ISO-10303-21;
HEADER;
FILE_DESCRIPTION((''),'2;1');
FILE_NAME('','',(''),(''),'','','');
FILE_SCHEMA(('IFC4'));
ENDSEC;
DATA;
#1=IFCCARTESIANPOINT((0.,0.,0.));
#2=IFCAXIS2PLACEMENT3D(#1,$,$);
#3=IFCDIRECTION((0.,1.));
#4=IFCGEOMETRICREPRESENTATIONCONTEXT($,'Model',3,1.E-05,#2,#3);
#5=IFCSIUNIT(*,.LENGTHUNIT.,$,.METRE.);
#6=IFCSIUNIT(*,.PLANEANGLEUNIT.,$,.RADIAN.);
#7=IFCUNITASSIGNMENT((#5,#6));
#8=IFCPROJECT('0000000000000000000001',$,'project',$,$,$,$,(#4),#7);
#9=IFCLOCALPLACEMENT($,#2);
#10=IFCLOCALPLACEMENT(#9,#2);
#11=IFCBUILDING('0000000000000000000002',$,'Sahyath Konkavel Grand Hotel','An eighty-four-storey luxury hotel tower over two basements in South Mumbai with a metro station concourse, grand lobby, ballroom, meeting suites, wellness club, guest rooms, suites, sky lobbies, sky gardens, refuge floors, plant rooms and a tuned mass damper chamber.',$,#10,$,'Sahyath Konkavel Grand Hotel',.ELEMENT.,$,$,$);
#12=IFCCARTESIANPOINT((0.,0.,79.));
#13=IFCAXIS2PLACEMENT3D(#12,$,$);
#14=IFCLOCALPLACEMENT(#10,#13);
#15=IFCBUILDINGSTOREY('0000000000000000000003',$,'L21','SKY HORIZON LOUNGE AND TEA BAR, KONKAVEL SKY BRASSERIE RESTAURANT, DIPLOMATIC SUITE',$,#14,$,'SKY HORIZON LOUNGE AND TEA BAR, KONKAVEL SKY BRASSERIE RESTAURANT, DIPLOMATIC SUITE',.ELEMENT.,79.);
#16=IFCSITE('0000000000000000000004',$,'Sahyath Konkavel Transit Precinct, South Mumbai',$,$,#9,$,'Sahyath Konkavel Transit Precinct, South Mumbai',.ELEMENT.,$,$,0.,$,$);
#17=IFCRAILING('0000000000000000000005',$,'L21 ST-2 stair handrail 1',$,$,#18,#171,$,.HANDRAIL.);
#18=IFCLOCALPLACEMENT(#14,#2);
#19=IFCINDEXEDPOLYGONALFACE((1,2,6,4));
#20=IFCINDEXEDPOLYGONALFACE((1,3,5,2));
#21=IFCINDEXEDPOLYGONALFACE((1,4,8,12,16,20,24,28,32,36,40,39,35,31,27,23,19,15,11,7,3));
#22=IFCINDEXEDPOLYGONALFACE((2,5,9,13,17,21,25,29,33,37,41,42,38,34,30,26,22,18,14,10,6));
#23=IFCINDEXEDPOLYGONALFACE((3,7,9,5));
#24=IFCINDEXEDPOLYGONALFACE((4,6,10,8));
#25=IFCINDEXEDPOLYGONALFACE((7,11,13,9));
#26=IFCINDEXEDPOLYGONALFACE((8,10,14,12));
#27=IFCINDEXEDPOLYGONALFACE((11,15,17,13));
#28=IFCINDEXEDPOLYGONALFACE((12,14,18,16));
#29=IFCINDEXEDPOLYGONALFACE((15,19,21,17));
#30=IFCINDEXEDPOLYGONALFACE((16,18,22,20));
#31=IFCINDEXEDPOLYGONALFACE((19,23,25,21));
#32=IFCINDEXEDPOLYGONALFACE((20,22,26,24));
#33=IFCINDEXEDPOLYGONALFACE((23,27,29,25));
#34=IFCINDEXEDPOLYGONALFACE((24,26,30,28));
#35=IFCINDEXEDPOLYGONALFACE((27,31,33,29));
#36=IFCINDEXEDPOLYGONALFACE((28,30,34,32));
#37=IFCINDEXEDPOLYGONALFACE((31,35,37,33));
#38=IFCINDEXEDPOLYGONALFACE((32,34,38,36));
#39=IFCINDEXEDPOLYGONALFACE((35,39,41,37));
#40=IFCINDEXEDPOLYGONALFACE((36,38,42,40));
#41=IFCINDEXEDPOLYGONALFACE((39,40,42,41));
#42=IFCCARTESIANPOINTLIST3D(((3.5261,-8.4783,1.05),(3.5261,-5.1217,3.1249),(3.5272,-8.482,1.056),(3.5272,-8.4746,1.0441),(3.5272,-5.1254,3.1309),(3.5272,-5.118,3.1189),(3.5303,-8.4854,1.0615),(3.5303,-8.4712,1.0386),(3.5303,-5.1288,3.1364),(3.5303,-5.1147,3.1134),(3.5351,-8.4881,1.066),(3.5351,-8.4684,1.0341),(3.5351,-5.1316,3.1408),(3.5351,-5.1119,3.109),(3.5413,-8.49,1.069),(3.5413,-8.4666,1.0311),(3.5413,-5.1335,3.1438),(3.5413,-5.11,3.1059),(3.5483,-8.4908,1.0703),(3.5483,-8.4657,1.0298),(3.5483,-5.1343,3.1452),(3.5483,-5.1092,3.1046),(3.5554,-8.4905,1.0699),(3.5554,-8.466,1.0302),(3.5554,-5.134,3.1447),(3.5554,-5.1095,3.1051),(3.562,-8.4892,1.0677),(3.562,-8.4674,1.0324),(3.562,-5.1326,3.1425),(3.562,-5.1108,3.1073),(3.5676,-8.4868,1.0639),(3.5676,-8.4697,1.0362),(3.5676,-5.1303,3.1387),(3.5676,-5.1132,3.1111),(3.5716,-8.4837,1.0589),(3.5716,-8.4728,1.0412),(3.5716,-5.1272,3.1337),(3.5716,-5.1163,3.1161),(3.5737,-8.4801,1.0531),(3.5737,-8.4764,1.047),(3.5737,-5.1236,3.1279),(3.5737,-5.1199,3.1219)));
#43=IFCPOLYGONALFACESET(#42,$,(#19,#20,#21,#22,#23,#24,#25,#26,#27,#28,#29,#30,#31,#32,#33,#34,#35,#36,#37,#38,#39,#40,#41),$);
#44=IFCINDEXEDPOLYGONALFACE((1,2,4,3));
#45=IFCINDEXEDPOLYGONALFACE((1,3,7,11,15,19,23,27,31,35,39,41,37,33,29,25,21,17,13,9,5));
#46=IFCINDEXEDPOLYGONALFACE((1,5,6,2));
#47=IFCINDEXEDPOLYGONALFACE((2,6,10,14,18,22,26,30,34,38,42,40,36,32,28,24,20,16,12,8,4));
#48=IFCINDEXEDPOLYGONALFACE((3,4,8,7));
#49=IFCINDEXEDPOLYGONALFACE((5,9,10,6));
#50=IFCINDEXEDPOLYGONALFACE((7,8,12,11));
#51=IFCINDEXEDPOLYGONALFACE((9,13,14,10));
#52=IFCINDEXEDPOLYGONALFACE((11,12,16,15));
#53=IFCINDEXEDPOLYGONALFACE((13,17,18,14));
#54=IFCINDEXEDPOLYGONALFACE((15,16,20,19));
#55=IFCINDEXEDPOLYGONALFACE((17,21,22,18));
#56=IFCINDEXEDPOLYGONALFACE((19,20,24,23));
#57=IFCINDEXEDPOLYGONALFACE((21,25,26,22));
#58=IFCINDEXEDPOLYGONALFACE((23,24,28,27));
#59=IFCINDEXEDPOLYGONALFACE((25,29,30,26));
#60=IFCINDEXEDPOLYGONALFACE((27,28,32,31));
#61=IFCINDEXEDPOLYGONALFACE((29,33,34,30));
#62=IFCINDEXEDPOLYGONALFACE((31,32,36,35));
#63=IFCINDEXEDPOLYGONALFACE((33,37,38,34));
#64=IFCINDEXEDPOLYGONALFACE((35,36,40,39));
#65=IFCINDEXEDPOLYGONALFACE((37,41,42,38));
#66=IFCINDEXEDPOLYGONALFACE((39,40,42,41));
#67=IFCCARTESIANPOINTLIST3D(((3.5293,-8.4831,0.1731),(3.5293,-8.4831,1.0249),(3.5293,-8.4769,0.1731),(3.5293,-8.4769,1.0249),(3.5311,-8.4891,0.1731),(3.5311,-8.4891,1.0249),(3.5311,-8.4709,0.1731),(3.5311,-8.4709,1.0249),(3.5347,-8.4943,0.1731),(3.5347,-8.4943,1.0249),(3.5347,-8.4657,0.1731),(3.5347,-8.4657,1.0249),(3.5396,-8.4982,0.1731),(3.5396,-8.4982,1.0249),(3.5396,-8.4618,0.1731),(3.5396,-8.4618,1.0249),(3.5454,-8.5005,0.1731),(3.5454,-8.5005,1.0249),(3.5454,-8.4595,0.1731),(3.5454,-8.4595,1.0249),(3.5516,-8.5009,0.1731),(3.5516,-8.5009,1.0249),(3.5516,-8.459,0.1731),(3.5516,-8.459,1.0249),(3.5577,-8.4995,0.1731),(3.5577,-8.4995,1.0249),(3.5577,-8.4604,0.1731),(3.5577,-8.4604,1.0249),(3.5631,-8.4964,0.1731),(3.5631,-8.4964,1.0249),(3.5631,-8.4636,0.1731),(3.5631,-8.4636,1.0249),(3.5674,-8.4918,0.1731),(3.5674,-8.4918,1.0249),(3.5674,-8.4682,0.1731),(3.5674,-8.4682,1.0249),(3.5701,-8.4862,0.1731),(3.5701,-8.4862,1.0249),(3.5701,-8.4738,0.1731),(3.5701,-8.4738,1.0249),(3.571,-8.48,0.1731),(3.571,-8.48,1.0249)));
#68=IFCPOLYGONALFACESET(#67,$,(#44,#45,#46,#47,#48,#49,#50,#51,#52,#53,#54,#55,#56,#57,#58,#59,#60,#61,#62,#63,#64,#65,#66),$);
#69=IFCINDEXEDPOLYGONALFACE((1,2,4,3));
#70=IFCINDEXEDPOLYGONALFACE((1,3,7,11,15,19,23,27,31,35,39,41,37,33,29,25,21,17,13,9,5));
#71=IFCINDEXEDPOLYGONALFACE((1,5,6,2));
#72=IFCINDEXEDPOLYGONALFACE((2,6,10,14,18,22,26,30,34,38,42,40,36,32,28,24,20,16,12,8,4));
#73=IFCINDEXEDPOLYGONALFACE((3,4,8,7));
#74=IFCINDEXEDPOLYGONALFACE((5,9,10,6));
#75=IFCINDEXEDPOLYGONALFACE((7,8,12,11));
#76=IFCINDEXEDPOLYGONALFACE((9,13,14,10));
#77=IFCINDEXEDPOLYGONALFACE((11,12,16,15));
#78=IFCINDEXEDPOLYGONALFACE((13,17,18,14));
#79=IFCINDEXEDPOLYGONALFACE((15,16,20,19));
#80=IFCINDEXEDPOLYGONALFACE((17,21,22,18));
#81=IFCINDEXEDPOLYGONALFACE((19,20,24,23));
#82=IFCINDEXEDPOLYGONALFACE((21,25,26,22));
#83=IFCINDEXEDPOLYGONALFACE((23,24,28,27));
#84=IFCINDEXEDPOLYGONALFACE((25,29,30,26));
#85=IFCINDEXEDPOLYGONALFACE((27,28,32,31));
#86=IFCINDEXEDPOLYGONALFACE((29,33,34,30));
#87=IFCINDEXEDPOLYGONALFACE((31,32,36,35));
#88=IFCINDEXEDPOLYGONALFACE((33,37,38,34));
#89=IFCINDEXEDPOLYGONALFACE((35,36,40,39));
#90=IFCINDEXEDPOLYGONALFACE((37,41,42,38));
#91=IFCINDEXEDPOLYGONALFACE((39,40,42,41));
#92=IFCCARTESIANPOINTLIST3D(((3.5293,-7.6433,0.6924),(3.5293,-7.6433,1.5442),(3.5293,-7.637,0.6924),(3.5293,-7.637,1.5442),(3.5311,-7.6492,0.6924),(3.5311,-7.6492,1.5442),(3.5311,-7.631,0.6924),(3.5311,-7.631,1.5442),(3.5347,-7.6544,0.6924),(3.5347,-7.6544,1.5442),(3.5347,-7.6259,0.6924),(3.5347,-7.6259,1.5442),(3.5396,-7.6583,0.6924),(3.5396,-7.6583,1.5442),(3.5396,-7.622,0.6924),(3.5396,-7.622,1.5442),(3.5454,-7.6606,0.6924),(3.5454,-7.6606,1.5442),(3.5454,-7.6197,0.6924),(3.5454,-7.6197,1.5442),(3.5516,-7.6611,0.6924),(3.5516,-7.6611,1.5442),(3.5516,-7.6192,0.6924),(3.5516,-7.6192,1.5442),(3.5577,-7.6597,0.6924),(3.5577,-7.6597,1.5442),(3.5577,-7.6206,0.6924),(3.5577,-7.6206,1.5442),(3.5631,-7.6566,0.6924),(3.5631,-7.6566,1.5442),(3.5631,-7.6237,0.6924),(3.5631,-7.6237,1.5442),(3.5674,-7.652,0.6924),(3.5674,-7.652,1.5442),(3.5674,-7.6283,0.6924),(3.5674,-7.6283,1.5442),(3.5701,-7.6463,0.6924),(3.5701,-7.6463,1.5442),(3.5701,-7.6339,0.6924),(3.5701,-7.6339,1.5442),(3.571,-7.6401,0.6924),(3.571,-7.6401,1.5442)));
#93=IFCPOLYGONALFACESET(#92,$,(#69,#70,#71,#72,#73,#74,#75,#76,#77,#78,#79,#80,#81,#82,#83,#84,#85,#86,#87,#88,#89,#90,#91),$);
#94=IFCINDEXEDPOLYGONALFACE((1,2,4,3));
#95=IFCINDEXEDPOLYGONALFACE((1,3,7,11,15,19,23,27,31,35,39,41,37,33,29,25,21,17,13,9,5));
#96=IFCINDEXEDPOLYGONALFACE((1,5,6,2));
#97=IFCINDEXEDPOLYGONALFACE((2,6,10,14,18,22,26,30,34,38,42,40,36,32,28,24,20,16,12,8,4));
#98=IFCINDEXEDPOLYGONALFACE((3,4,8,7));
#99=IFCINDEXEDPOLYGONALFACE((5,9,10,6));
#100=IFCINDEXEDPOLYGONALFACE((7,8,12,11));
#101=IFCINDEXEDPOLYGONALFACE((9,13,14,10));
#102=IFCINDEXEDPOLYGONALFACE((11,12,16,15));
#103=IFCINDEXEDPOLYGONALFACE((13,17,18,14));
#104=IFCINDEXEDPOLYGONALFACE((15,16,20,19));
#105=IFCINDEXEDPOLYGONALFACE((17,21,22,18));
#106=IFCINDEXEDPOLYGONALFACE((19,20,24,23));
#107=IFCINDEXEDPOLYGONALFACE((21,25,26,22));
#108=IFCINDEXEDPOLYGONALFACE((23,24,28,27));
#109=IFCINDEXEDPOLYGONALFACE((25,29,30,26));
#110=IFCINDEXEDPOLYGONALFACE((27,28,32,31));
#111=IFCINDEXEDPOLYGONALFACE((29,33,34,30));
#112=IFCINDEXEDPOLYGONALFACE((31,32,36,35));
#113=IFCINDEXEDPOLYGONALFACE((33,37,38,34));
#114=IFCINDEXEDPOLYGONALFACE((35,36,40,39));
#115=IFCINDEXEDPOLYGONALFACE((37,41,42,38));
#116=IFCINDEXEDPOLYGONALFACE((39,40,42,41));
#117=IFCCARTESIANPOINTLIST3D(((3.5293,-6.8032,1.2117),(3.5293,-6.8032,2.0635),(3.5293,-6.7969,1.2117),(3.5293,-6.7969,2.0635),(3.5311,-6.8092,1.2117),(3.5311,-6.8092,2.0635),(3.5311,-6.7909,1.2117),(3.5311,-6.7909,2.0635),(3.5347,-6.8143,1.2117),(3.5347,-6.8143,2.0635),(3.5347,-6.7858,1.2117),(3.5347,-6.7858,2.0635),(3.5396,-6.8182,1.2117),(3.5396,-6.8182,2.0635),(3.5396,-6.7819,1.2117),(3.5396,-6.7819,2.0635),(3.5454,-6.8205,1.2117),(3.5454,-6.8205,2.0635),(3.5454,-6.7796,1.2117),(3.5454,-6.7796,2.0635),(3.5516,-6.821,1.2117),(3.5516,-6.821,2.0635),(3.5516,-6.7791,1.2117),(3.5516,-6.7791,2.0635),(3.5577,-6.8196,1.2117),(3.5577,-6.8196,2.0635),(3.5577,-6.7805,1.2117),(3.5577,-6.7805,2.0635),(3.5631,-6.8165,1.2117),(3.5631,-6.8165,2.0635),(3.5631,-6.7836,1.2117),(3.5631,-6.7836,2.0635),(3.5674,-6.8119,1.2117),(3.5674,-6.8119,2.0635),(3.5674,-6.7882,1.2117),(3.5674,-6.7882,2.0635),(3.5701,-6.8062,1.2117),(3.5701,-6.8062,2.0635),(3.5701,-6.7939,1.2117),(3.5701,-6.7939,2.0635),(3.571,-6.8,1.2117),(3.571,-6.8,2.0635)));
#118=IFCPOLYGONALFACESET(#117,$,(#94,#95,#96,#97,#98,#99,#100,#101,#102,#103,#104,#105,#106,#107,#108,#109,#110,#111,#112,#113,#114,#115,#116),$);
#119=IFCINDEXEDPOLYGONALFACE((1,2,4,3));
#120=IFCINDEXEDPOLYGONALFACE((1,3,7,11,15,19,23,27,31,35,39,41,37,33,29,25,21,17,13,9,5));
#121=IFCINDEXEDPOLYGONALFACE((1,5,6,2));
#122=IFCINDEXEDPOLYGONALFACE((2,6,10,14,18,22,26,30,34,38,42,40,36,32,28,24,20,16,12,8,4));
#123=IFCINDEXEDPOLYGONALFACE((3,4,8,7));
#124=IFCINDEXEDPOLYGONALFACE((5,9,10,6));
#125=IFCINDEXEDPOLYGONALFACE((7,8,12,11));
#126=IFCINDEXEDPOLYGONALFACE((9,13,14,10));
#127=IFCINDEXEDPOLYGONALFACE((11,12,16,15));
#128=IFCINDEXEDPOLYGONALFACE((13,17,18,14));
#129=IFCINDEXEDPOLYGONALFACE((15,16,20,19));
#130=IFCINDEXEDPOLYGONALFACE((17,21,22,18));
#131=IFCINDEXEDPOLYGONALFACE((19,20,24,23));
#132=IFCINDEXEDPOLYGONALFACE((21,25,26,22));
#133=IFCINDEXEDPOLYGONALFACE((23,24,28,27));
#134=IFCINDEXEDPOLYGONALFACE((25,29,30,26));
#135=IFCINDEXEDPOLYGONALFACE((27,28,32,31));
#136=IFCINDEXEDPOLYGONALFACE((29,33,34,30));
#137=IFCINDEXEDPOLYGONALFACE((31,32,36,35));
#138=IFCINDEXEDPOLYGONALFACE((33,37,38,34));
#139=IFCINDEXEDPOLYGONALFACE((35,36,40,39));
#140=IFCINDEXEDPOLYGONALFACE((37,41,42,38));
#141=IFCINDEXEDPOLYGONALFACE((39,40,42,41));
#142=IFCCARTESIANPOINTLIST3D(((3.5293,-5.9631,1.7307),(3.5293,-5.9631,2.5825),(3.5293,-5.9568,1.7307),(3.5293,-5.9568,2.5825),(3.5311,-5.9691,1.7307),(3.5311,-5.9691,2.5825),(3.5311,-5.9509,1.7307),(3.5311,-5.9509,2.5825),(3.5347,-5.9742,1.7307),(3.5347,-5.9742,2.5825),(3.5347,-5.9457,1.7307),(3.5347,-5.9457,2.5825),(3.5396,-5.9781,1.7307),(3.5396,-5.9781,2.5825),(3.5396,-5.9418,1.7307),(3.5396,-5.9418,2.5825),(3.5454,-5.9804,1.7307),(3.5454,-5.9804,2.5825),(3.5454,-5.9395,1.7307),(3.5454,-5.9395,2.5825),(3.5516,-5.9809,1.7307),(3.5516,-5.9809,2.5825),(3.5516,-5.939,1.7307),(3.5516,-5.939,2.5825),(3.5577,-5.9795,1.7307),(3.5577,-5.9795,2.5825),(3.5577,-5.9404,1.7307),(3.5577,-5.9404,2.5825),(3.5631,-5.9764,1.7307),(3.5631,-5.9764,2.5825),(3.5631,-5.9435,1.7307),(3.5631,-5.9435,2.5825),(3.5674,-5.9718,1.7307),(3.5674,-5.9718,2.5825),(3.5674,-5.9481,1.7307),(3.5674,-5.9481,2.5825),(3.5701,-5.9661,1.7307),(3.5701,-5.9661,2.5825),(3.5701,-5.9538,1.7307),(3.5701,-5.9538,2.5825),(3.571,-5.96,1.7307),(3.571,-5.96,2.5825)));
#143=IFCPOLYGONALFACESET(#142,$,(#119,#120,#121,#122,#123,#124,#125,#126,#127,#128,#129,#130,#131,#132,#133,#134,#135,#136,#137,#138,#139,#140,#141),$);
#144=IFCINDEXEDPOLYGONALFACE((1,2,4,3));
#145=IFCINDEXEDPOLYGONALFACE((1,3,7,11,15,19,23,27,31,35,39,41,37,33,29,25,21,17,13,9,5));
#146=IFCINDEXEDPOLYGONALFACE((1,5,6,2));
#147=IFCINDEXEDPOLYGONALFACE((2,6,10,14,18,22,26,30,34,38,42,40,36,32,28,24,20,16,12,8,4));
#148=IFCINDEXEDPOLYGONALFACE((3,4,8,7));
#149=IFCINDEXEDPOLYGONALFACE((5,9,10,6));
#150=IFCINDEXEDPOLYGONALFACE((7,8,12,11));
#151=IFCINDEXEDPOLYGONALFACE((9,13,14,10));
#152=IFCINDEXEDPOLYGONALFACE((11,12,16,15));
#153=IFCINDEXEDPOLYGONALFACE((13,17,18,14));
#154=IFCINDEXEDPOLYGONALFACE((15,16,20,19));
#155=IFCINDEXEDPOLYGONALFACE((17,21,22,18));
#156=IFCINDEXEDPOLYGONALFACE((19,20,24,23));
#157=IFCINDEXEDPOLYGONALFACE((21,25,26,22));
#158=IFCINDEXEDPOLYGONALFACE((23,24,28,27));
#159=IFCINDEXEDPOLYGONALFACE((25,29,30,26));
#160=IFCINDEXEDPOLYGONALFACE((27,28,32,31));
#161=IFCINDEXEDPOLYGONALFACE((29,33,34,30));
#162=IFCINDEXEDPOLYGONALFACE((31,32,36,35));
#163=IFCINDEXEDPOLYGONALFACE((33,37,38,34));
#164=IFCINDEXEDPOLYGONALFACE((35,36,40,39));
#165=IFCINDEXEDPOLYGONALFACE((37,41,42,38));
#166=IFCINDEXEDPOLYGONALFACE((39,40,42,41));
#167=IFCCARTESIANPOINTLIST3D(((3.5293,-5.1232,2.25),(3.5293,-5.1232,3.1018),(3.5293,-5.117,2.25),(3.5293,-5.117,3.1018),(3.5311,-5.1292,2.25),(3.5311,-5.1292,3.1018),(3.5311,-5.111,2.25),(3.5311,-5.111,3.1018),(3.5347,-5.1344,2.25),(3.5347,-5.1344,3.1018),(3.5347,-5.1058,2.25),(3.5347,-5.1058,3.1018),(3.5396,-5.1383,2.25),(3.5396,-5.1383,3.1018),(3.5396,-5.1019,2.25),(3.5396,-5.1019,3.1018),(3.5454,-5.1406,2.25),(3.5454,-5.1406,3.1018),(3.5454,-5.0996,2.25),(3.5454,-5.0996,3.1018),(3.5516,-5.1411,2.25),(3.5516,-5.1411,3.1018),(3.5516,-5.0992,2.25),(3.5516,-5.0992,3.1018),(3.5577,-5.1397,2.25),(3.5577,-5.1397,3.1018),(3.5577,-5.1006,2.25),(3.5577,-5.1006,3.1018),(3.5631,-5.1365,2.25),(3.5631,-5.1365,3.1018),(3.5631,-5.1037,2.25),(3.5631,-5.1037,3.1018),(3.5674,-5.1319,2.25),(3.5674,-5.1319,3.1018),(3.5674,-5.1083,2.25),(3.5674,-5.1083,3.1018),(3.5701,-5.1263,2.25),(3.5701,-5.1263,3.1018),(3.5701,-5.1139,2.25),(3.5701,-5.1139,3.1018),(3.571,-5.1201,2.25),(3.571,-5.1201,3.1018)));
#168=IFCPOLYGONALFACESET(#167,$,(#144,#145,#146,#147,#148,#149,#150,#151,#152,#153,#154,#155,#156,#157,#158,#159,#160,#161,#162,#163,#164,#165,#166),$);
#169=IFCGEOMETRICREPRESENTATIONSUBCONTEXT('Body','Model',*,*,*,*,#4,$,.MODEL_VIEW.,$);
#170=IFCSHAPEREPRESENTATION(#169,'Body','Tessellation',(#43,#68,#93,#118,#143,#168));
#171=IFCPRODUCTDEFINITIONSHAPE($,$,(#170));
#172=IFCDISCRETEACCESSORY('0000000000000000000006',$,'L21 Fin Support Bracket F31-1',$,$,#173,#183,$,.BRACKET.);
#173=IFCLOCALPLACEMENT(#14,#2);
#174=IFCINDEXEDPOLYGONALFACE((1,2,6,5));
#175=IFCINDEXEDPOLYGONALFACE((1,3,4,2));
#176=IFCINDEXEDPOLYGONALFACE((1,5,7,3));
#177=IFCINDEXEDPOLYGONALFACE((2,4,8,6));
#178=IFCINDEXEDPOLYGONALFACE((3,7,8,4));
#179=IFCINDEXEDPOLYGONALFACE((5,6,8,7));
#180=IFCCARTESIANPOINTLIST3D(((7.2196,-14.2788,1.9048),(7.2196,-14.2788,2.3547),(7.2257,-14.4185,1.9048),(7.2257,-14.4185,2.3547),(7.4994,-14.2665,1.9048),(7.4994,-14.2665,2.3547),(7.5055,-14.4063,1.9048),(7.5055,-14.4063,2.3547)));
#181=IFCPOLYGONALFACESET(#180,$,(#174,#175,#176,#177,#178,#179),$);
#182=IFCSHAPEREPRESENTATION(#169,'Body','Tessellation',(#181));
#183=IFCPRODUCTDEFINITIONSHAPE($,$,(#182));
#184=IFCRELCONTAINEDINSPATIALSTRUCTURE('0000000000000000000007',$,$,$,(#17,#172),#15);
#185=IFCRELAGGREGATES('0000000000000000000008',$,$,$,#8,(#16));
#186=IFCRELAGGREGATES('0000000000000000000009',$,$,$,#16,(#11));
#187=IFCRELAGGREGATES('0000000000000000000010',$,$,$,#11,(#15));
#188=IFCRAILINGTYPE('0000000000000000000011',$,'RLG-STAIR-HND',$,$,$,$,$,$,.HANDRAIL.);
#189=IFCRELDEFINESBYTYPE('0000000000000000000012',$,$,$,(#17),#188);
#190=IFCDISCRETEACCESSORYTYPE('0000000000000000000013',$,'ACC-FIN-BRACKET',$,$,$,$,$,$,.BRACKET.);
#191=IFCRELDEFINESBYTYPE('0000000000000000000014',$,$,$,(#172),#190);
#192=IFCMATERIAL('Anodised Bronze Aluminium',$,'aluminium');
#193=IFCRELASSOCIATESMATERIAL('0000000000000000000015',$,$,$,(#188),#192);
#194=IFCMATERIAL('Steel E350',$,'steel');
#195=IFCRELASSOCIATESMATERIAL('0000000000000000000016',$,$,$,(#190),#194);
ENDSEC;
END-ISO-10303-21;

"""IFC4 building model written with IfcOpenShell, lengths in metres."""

from ifc_helpers import new_model, si_unit, direction, frame, origin, origin_2d, place, context, subcontext, project, spatial, rectangle, circle, extrude, source, transform, mapped, material, type_object, element, save


model = new_model("IFC4")

# Units and contexts
model_context = context("Model", 3, precision=1e-05, world=origin(), true_north=direction((0.0, 1.0)))
body_context = subcontext(model_context, "Body", "Model", "MODEL_VIEW")
ifc_project = project(units=[si_unit("LENGTHUNIT", "METRE"), si_unit("PLANEANGLEUNIT", "RADIAN")], contexts=[model_context])

# Site, building, storey
site_placement = place(None, origin())
site = spatial("IfcSite", under=ifc_project, at=site_placement, Name="Sahyath Konkavel Transit Precinct, South Mumbai", LongName="Sahyath Konkavel Transit Precinct, South Mumbai", CompositionType="ELEMENT", RefElevation=0.0)
building_placement = place(site_placement, origin())
building = spatial("IfcBuilding", under=site, at=building_placement, Name="Sahyath Konkavel Grand Hotel", Description="An eighty-four-storey luxury hotel tower over two basements in South Mumbai with a metro station concourse, grand lobby, ballroom, meeting suites, wellness club, guest rooms, suites, sky lobbies, sky gardens, refuge floors, plant rooms and a tuned mass damper chamber.", LongName="Sahyath Konkavel Grand Hotel", CompositionType="ELEMENT")
storey_placement = place(building_placement, frame((0.0, 0.0, 79.0)))
storey = spatial("IfcBuildingStorey", under=building, at=storey_placement, Name="L21", Description="SKY HORIZON LOUNGE AND TEA BAR, KONKAVEL SKY BRASSERIE RESTAURANT, DIPLOMATIC SUITE", LongName="SKY HORIZON LOUNGE AND TEA BAR, KONKAVEL SKY BRASSERIE RESTAURANT, DIPLOMATIC SUITE", CompositionType="ELEMENT", Elevation=79.0)

# Shared definitions
ifc_material_1 = material(Name="Steel E350", Category="steel")

# Shared definitions
ifc_material_2 = material(Name="Anodised Bronze Aluminium", Category="aluminium")

# Railing
railing_type_1 = type_object("IfcRailingType", Name="RLG-STAIR-HND", PredefinedType="HANDRAIL", material=ifc_material_2)
railing_1_placement = place(storey_placement, frame((3.55, -8.48, 0.1731)))
element("IfcRailing", 1, at=railing_1_placement, inside=storey, type_object=railing_type_1, Name="L21 ST-2 stair handrail 1", PredefinedType="HANDRAIL", context=body_context, shape_type="SweptSolid", body=[
    extrude(circle(Radius=0.0239, at=origin_2d()), frame((0.0, 0.0017, 0.877), z_axis=(0.0, 0.850606, 0.525803), x_axis=(-1.0, 0.0, 0.0)), (0.0, 0.0, 1.0), 3.946),
    extrude(circle(Radius=0.021, at=origin_2d()), origin(), (0.0, 0.0, 1.0), 0.8518),
    extrude(circle(Radius=0.021, at=origin_2d()), frame((0.0, 0.8398, 0.5193)), (0.0, 0.0, 1.0), 0.8518),
    extrude(circle(Radius=0.021, at=origin_2d()), frame((0.0, 1.6799, 1.0386)), (0.0, 0.0, 1.0), 0.8518),
    extrude(circle(Radius=0.021, at=origin_2d()), frame((0.0, 2.52, 1.5576)), (0.0, 0.0, 1.0), 0.8518),
    extrude(circle(Radius=0.021, at=origin_2d()), frame((0.0, 3.3599, 2.0769)), (0.0, 0.0, 1.0), 0.8518),
])

# Discrete accessory
discrete_accessory_type = type_object("IfcDiscreteAccessoryType", Name="ACC-FIN-BRACKET", PredefinedType="BRACKET", material=ifc_material_1)
shared_shape_1 = source(origin(), body_context, "Body", "SweptSolid", [
    extrude(rectangle(XDim=0.28, YDim=0.1399, at=origin_2d()), origin(), (0.0, 0.0, 1.0), 0.45),
])
discrete_accessory_placement = place(storey_placement, frame((7.3625, -14.3425, 1.9048), z_axis=(0.0, 0.0, 1.0), x_axis=(0.999048, 0.043619, 0.0)))
element("IfcDiscreteAccessory", 2, at=discrete_accessory_placement, inside=storey, type_object=discrete_accessory_type, Name="L21 Fin Support Bracket F31-1", PredefinedType="BRACKET", context=body_context, shape_type="MappedRepresentation", body=[
    mapped(shared_shape_1, transform((0.0, 0.0, 0.0), scale=1.0)),
])

save(model, "model.ifc")
